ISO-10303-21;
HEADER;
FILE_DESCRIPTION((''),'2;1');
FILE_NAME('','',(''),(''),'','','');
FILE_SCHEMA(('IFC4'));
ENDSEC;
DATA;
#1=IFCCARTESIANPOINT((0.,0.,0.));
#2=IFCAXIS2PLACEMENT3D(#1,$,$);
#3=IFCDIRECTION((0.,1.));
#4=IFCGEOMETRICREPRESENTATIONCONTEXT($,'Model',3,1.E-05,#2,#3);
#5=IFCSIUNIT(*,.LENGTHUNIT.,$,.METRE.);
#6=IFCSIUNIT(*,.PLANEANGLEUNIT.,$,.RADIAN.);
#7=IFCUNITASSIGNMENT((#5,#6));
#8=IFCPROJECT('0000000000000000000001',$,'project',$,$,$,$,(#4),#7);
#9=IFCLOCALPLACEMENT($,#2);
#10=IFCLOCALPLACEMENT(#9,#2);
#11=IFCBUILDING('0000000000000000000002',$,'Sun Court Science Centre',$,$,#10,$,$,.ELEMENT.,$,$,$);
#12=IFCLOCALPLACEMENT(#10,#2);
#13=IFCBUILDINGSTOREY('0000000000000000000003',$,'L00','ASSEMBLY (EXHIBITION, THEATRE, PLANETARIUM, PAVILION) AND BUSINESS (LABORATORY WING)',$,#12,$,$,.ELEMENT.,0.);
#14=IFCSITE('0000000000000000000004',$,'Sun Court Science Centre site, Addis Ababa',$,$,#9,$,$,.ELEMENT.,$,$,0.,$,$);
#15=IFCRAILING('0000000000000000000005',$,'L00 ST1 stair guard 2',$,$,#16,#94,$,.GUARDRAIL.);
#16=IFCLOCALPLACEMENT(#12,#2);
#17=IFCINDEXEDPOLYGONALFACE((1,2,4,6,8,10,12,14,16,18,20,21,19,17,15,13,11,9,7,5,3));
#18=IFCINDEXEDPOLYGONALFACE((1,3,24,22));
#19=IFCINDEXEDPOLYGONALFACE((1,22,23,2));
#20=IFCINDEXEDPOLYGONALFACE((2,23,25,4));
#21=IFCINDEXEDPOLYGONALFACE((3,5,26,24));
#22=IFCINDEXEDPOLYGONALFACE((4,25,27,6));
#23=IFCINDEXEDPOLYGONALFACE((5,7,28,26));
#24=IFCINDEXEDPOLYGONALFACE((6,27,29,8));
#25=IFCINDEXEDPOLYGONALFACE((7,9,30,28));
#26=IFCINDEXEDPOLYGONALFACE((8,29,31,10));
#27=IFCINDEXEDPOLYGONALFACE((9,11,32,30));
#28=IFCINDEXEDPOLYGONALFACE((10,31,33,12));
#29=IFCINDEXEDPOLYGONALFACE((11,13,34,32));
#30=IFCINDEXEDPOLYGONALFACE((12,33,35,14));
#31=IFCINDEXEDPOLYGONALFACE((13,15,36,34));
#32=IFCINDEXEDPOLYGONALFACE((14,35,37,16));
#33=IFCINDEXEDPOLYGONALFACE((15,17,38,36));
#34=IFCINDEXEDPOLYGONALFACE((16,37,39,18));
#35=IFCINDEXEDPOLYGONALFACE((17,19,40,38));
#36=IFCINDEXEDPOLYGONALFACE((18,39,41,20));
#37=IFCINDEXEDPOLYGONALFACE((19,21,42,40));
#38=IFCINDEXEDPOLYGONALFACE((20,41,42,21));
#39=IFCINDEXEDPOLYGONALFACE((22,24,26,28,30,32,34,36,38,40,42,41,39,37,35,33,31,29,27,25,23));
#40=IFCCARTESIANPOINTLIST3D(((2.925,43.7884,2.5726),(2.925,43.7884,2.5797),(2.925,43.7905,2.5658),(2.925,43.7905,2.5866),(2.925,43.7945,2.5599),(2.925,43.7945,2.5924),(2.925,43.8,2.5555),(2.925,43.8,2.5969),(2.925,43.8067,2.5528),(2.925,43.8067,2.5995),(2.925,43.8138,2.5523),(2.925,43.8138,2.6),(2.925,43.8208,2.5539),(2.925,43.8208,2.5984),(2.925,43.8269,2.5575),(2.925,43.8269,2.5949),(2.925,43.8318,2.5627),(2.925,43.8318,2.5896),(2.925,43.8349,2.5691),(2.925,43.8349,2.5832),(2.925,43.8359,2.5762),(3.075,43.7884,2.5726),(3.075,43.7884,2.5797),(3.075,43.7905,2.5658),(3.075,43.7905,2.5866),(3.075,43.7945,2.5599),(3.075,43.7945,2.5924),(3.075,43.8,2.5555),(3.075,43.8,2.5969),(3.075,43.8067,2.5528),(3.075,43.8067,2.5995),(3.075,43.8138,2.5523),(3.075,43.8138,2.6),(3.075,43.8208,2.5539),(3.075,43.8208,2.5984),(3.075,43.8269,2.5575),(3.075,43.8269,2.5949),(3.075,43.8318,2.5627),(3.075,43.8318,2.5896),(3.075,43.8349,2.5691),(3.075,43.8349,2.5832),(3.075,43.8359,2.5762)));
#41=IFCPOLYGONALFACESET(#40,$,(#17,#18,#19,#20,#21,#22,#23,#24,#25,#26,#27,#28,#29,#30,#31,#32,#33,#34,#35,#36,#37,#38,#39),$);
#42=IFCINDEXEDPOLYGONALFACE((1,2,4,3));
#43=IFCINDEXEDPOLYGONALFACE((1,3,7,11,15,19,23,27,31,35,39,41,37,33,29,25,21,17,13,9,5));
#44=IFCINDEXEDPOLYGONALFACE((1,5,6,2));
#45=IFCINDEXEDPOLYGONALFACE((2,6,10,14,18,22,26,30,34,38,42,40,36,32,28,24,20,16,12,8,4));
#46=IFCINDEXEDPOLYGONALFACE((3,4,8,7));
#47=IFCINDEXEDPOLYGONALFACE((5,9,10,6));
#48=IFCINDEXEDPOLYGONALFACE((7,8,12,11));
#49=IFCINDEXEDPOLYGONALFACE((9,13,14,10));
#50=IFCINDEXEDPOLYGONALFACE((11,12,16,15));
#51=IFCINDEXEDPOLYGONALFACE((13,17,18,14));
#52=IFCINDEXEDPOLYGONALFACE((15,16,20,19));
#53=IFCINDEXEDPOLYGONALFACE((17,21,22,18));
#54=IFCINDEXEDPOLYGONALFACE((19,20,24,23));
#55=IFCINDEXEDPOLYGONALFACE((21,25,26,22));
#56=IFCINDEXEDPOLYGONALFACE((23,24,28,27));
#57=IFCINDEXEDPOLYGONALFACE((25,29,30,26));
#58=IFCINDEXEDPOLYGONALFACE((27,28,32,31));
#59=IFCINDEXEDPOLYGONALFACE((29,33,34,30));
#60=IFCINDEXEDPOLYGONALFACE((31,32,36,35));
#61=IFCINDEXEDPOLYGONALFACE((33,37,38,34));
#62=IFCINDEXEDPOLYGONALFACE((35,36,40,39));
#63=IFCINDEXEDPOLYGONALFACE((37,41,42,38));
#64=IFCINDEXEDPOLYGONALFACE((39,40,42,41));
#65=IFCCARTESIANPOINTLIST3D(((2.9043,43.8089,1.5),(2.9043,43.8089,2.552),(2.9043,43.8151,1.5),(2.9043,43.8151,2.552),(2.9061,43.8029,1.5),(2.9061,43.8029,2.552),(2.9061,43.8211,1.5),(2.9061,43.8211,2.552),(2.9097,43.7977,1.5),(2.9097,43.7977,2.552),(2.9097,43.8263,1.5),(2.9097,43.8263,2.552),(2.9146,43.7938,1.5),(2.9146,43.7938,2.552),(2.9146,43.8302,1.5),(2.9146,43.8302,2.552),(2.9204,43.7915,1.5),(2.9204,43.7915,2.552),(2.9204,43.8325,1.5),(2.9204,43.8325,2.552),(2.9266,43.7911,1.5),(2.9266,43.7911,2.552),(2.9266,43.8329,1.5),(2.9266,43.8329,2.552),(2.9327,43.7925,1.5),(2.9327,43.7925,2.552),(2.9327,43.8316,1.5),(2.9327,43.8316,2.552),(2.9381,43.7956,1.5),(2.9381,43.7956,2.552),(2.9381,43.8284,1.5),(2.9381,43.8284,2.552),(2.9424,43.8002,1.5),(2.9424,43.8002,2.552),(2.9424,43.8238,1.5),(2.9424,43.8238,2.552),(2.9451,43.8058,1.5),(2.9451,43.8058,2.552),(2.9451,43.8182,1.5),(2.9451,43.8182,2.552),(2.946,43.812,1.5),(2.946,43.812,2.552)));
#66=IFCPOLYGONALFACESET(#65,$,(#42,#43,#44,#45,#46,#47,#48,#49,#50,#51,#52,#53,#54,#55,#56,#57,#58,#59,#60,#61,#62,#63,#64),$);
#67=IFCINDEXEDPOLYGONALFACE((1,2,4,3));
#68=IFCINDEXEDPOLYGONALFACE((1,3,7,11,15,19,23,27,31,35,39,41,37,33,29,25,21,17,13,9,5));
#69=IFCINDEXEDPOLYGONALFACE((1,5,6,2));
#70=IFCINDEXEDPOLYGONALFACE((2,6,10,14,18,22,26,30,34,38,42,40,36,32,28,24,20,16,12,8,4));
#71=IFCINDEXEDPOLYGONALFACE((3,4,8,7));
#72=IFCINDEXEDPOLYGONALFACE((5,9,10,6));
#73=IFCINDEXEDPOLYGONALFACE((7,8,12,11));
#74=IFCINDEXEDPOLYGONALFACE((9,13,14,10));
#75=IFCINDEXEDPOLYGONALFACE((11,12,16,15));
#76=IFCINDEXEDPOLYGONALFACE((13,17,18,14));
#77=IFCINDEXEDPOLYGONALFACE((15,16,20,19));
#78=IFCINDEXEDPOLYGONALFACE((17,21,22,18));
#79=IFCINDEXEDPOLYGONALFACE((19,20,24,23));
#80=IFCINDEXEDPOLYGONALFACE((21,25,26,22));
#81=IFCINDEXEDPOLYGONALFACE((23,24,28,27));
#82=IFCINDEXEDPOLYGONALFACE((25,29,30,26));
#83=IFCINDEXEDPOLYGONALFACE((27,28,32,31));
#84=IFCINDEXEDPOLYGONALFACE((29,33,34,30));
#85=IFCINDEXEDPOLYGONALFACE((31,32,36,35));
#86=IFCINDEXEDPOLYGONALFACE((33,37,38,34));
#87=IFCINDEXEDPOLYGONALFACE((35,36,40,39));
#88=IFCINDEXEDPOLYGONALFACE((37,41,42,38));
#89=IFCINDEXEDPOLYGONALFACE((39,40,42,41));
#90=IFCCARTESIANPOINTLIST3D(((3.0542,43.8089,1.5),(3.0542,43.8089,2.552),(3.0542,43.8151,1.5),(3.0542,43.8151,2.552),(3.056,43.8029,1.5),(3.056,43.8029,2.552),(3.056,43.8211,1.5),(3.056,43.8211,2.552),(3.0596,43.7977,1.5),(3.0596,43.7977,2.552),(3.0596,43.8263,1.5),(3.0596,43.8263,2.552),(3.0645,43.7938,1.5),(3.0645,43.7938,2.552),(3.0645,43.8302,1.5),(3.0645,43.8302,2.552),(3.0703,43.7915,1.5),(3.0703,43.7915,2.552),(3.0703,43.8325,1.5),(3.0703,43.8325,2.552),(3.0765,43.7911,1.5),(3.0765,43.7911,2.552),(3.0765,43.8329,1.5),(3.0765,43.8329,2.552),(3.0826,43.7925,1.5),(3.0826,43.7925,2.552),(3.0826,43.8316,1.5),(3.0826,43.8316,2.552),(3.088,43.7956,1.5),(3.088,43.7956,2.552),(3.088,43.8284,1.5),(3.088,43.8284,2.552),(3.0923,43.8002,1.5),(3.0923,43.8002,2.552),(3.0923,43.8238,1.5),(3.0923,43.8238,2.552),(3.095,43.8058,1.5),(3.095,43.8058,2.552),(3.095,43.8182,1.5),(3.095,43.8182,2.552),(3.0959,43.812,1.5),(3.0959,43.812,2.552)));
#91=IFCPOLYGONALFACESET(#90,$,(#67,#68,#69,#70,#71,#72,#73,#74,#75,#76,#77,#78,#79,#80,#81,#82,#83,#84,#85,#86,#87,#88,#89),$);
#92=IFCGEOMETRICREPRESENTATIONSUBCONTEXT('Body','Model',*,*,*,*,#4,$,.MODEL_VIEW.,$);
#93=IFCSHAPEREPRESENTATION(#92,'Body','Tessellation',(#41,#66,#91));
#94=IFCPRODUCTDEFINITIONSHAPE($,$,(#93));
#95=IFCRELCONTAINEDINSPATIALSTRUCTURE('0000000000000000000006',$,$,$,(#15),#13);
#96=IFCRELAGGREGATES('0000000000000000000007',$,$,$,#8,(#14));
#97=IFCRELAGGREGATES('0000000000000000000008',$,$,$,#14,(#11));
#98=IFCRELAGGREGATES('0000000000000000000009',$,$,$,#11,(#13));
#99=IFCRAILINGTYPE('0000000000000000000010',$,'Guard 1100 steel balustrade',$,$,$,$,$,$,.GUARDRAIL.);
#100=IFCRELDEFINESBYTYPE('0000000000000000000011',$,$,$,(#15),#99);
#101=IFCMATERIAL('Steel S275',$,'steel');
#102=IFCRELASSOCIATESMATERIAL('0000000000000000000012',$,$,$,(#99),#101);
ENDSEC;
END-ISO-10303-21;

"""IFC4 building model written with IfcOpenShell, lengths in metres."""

from ifc_helpers import new_model, si_unit, direction, frame, origin, origin_2d, place, context, subcontext, project, spatial, circle, extrude, material, type_object, element, save


model = new_model("IFC4")

# Units and contexts
model_context = context("Model", 3, precision=1e-05, world=origin(), true_north=direction((0.0, 1.0)))
body_context = subcontext(model_context, "Body", "Model", "MODEL_VIEW")
ifc_project = project(units=[si_unit("LENGTHUNIT", "METRE"), si_unit("PLANEANGLEUNIT", "RADIAN")], contexts=[model_context])

# Site, building, storey
site_placement = place(None, origin())
site = spatial("IfcSite", under=ifc_project, at=site_placement, Name="Sun Court Science Centre site, Addis Ababa", CompositionType="ELEMENT", RefElevation=0.0)
building_placement = place(site_placement, origin())
building = spatial("IfcBuilding", under=site, at=building_placement, Name="Sun Court Science Centre", CompositionType="ELEMENT")
storey_placement = place(building_placement, origin())
storey = spatial("IfcBuildingStorey", under=building, at=storey_placement, Name="L00", Description="ASSEMBLY (EXHIBITION, THEATRE, PLANETARIUM, PAVILION) AND BUSINESS (LABORATORY WING)", CompositionType="ELEMENT", Elevation=0.0)

# Railing
ifc_material_1 = material(Name="Steel S275", Category="steel")
railing_type_1 = type_object("IfcRailingType", Name="Guard 1100 steel balustrade", PredefinedType="GUARDRAIL", material=ifc_material_1)
railing_1_placement = place(storey_placement, frame((2.925, 43.812, 1.5)))
element("IfcRailing", 1, at=railing_1_placement, inside=storey, type_object=railing_type_1, Name="L00 ST1 stair guard 2", PredefinedType="GUARDRAIL", context=body_context, shape_type="SweptSolid", body=[
    extrude(circle(Radius=0.0239, at=origin_2d()), frame((0.0, 0.0, 1.0762), z_axis=(1.0, 0.0, 0.0), x_axis=(0.0, 1.0, 0.0)), (0.0, 0.0, 1.0), 0.1499),
    extrude(circle(Radius=0.021, at=origin_2d()), origin(), (0.0, 0.0, 1.0), 1.052),
    extrude(circle(Radius=0.021, at=origin_2d()), frame((0.1499, 0.0, 0.0)), (0.0, 0.0, 1.0), 1.052),
])

save(model, "model.ifc")
